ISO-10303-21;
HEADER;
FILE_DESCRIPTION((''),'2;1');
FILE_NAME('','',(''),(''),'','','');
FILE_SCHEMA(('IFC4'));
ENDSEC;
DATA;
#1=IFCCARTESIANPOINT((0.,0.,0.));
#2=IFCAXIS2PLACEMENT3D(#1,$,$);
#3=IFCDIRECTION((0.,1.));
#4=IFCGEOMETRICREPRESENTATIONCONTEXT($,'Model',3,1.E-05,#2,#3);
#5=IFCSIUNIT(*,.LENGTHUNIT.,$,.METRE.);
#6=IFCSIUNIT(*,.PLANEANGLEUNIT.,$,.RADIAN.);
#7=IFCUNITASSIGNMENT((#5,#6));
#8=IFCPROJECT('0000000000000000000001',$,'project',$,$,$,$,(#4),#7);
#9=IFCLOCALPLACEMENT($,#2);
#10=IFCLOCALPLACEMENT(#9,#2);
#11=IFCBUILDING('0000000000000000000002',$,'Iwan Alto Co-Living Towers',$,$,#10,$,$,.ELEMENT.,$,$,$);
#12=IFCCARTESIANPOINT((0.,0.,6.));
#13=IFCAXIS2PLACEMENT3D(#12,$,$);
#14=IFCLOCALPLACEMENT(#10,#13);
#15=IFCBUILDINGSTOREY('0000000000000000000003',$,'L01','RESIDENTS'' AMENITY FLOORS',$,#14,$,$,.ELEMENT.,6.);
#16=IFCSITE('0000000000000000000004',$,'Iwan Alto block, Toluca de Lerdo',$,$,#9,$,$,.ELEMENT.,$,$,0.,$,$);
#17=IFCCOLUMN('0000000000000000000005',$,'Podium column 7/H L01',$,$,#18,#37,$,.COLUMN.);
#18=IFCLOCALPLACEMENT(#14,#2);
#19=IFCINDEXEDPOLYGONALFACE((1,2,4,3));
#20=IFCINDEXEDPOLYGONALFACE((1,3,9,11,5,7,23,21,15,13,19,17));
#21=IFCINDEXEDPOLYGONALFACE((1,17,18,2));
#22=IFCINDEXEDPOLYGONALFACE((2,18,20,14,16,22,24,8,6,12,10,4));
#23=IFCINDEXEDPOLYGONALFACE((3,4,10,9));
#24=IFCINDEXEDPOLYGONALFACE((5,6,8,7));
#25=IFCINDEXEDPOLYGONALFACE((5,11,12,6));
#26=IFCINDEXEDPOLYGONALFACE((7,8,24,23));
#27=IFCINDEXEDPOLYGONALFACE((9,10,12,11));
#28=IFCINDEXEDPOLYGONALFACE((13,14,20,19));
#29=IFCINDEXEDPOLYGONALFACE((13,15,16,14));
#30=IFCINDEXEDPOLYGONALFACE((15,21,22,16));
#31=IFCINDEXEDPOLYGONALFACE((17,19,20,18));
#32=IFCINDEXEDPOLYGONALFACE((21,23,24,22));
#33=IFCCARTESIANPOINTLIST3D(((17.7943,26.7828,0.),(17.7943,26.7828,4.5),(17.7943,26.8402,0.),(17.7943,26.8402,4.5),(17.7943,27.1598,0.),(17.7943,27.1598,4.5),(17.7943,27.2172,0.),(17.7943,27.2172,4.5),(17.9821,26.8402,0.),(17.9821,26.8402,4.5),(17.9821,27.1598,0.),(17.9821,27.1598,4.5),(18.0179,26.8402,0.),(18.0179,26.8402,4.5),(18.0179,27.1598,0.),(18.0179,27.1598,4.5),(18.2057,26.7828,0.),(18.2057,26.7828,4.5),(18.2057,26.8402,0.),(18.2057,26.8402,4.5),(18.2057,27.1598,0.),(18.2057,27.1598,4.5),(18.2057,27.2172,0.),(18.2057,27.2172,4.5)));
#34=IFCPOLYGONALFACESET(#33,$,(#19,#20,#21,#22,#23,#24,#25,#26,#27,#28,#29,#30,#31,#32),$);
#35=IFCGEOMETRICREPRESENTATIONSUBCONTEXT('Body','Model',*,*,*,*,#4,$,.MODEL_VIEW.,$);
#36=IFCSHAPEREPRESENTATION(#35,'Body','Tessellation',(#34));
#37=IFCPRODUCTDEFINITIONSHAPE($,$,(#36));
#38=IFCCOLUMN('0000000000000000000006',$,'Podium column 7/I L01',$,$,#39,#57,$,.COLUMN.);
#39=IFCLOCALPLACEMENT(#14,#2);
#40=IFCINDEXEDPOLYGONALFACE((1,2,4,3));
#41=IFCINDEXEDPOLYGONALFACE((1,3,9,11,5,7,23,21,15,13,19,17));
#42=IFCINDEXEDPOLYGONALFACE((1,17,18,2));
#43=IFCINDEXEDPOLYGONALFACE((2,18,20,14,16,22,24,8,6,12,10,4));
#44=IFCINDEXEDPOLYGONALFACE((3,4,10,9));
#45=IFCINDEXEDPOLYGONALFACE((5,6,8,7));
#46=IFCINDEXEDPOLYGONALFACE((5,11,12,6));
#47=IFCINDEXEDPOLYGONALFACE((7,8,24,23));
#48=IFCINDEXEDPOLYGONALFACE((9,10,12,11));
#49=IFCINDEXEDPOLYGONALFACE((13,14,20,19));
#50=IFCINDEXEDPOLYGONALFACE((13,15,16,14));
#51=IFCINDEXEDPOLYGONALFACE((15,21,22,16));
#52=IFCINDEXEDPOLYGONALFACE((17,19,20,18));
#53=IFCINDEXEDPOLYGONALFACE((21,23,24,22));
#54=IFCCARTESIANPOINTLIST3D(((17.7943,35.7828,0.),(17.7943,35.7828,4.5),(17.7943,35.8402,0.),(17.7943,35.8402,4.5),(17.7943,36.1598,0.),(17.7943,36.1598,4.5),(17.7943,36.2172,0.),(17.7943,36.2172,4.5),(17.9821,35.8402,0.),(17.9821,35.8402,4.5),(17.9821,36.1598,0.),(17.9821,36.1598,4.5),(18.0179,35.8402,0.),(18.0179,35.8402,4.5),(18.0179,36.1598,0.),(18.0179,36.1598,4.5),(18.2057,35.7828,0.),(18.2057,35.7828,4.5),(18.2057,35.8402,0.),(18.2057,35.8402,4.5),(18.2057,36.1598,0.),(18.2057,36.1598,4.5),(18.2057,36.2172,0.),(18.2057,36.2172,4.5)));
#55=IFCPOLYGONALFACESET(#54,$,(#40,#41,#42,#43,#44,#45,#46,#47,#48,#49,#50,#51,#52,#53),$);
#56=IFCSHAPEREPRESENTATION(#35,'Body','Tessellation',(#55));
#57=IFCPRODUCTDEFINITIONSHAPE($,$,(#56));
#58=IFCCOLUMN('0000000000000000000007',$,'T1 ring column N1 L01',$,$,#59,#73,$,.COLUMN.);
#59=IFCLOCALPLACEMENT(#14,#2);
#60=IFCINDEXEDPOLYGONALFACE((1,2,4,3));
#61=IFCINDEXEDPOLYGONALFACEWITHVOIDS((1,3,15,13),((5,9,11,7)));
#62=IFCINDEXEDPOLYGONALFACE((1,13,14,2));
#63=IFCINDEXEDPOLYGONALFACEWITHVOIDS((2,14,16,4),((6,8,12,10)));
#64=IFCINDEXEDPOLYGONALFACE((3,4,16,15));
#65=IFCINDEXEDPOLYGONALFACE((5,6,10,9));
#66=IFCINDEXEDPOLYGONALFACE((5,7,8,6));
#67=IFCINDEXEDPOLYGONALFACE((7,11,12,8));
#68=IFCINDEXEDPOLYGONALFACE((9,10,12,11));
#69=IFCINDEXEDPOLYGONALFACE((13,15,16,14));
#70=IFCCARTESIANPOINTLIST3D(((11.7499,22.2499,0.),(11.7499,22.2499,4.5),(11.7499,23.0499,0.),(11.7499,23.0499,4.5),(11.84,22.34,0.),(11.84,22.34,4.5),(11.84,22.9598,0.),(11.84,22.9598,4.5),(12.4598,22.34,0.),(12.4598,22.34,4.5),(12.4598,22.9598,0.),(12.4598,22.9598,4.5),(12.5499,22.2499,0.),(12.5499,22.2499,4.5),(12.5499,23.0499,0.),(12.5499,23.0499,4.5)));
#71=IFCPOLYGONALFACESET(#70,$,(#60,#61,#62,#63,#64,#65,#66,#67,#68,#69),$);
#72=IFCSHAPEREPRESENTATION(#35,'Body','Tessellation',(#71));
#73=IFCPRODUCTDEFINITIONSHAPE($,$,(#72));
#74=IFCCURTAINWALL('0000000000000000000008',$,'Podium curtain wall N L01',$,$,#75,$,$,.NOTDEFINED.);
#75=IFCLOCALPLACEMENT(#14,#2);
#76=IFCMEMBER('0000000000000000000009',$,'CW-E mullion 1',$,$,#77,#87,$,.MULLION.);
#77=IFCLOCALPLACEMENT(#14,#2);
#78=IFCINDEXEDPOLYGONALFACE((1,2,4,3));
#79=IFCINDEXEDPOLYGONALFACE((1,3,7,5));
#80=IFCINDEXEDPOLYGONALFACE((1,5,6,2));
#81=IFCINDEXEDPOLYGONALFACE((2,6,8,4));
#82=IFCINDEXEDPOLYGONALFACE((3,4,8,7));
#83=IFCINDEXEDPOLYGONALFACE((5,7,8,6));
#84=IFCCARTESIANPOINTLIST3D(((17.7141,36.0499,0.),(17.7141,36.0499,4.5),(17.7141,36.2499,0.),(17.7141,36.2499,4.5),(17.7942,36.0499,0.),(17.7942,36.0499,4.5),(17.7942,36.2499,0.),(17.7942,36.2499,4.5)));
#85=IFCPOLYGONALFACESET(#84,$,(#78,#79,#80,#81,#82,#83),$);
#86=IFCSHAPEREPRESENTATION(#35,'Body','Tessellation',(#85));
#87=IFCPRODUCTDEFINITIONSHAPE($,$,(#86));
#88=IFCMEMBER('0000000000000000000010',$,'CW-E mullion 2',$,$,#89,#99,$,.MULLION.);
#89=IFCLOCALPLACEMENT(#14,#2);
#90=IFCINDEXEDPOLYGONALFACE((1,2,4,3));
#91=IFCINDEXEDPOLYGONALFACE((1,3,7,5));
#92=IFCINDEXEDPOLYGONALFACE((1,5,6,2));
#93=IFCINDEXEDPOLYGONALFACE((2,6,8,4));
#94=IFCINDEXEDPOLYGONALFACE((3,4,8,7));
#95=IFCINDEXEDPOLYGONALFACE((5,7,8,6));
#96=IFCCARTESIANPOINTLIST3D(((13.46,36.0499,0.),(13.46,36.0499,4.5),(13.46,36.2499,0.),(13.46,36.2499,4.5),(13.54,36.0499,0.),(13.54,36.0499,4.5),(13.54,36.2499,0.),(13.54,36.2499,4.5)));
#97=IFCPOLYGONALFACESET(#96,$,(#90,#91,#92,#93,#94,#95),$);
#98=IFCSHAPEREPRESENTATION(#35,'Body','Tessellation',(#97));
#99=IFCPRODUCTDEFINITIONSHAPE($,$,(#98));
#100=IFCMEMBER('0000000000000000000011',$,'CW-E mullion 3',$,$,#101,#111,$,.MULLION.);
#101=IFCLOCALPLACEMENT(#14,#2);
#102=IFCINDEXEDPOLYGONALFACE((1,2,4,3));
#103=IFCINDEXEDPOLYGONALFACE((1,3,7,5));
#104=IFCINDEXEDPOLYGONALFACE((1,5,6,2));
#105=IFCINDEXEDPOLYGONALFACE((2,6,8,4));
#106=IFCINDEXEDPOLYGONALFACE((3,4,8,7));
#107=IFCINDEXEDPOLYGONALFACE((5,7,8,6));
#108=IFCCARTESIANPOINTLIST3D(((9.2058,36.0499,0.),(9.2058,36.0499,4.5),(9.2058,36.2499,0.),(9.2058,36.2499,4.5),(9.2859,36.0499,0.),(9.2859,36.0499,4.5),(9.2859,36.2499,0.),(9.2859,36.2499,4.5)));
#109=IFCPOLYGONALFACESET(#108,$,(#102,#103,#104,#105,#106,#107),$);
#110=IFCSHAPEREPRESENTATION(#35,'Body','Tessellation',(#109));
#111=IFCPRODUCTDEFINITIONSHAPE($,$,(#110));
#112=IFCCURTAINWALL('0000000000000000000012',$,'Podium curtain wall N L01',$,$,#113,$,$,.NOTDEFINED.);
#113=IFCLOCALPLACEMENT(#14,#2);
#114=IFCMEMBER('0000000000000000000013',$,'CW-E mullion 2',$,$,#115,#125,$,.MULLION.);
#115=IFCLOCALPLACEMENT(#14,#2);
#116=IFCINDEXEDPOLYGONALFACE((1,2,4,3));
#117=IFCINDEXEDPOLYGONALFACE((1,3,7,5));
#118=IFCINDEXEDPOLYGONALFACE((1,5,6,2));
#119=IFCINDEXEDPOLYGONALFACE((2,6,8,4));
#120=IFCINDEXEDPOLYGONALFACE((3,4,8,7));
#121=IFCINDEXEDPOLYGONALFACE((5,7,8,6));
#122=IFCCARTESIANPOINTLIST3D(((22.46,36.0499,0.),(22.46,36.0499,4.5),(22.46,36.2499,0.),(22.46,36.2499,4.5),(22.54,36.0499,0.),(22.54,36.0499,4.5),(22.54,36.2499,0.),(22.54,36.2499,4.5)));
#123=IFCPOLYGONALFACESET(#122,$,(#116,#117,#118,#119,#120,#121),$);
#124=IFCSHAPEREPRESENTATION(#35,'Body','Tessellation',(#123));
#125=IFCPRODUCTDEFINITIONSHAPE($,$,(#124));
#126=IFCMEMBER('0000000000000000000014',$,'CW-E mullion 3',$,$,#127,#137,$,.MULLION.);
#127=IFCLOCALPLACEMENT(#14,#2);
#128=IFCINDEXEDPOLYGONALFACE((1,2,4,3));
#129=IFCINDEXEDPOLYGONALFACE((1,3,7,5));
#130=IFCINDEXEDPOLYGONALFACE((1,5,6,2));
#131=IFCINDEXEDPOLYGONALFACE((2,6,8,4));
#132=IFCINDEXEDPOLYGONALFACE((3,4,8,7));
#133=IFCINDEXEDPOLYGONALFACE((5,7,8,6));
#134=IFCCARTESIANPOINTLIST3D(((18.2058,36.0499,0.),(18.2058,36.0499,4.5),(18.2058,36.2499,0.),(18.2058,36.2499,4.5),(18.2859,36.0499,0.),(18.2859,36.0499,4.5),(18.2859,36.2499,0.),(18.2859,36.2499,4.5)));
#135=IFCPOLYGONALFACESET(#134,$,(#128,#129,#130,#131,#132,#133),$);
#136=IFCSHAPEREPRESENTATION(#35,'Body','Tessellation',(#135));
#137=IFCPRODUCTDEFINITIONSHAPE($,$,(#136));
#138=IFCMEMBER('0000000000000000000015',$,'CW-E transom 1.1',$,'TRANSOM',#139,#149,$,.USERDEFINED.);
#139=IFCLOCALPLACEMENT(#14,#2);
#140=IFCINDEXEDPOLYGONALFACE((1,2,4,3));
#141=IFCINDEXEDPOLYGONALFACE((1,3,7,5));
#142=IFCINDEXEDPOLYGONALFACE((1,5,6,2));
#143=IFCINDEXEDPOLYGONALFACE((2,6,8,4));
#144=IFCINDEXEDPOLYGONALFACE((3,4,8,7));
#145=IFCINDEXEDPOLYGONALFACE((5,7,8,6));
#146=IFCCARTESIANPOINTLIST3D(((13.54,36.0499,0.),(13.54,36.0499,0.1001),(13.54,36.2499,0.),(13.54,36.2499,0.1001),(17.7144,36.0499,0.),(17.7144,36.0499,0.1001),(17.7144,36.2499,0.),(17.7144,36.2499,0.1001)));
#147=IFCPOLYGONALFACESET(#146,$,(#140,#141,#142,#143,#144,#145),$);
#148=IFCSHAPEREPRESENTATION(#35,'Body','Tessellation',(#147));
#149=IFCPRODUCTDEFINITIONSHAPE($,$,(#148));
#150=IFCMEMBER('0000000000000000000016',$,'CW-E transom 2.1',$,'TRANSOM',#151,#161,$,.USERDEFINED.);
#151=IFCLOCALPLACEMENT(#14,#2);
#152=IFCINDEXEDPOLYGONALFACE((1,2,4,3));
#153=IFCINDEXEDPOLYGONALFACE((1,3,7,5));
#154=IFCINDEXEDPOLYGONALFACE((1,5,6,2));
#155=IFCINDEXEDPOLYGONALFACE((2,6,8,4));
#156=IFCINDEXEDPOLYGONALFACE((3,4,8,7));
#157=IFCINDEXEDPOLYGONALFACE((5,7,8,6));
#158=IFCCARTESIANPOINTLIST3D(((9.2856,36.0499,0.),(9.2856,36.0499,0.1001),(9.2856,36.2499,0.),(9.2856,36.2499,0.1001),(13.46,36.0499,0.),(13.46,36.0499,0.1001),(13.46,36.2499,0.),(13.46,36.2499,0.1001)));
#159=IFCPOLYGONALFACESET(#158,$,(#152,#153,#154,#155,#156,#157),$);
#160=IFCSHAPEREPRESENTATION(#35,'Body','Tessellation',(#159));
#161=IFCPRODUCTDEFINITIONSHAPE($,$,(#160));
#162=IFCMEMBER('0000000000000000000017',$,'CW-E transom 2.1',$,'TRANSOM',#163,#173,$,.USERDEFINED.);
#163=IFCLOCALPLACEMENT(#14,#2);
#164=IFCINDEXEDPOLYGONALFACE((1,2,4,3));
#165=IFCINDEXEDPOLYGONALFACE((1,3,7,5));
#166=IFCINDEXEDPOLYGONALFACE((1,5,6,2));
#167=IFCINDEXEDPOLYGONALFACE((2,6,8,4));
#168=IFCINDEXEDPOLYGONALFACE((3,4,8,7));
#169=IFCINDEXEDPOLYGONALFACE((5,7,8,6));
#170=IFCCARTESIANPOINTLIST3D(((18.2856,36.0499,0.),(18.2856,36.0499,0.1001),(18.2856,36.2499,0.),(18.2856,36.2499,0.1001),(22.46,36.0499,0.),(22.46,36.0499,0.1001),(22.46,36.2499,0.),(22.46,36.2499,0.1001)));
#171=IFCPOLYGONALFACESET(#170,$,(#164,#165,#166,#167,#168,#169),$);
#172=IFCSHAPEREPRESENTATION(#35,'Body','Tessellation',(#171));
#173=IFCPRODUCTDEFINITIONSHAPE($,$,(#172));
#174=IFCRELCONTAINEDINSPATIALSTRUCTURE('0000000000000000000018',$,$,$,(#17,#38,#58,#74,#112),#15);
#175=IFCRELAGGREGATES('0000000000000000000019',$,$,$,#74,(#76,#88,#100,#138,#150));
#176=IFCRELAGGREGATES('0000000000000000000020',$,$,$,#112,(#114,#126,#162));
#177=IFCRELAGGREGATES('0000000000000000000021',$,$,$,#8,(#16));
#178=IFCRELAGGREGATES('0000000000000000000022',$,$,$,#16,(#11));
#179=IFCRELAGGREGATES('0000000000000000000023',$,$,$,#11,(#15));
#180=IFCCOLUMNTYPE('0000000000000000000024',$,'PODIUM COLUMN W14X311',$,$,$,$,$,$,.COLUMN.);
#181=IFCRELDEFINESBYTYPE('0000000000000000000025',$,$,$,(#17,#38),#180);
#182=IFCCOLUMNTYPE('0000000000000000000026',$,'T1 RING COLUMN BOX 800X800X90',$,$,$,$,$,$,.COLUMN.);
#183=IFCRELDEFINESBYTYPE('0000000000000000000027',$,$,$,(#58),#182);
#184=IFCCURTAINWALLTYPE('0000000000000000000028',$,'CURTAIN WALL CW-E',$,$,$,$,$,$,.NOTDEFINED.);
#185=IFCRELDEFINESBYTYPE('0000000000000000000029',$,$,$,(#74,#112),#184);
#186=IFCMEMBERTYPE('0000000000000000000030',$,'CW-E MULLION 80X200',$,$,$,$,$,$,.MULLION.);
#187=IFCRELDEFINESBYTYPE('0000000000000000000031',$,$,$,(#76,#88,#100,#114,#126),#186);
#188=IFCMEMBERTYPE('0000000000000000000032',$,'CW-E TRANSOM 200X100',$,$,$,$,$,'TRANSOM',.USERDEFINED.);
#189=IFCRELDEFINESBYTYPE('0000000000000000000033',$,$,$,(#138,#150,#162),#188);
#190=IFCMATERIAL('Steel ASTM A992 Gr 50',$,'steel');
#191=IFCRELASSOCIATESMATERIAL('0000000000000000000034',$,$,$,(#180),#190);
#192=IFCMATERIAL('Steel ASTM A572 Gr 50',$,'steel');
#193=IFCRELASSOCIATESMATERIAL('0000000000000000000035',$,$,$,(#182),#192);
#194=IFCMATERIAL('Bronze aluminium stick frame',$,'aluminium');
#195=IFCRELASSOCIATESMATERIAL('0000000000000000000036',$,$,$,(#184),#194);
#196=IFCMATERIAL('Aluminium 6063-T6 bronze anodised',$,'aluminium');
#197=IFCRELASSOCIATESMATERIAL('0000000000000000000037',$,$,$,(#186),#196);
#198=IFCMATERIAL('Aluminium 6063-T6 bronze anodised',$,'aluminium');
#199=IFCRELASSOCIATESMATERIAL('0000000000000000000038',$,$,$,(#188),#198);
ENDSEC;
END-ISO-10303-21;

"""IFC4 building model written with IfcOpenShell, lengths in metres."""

from ifc_helpers import new_model, si_unit, direction, frame, origin, origin_2d, place, context, subcontext, project, spatial, rectangle, hollow_rectangle, i_section, extrude, material, material_profile, profile_set, type_object, element, aggregate, save


model = new_model("IFC4")

# Units and contexts
model_context = context("Model", 3, precision=1e-05, world=origin(), true_north=direction((0.0, 1.0)))
body_context = subcontext(model_context, "Body", "Model", "MODEL_VIEW")
ifc_project = project(units=[si_unit("LENGTHUNIT", "METRE"), si_unit("PLANEANGLEUNIT", "RADIAN")], contexts=[model_context])

# Site, building, storey
site_placement = place(None, origin())
site = spatial("IfcSite", under=ifc_project, at=site_placement, Name="Iwan Alto block, Toluca de Lerdo", CompositionType="ELEMENT", RefElevation=0.0)
building_placement = place(site_placement, origin())
building = spatial("IfcBuilding", under=site, at=building_placement, Name="Iwan Alto Co-Living Towers", CompositionType="ELEMENT")
storey_placement = place(building_placement, frame((0.0, 0.0, 6.0)))
storey = spatial("IfcBuildingStorey", under=building, at=storey_placement, Name="L01", Description="RESIDENTS' AMENITY FLOORS", CompositionType="ELEMENT", Elevation=6.0)

# Columns
ifc_material_1 = material(Name="Steel ASTM A992 Gr 50", Category="steel")
ifc_material_profile_1 = material_profile(ifc_material_1, i_section(OverallWidth=0.4114, OverallDepth=0.4343, WebThickness=0.0359, FlangeThickness=0.0574, at=origin_2d()), Name="W14X311")
ifc_profile_set_1 = profile_set([ifc_material_profile_1], Name="Steel ASTM A992 Gr 50")
column_type_1 = type_object("IfcColumnType", Name="PODIUM COLUMN W14X311", PredefinedType="COLUMN", material=ifc_profile_set_1)
for number, where, z_axis, x_axis, name in (
    (1, (18.0, 27.0, 0.0), (0.0, 0.0, 1.0), (1.0, 0.0, 0.0), "Podium column 7/H L01"),
    (2, (18.0, 36.0, 0.0), (0.0, 0.0, 1.0), (1.0, 0.0, 0.0), "Podium column 7/I L01"),
):
    element("IfcColumn", number, at=place(storey_placement, frame(where, z_axis=z_axis, x_axis=x_axis)), inside=storey, type_object=column_type_1, Name=name, PredefinedType="COLUMN", context=body_context, shape_type="SweptSolid", body=[
        extrude(i_section(OverallWidth=0.4114, OverallDepth=0.4343, WebThickness=0.0359, FlangeThickness=0.0574, at=origin_2d()), origin(), (0.0, 0.0, 1.0), 4.5),
    ])
ifc_material_2 = material(Name="Steel ASTM A572 Gr 50", Category="steel")
ifc_material_profile_2 = material_profile(ifc_material_2, hollow_rectangle(XDim=0.8, YDim=0.8, WallThickness=0.0901, at=origin_2d()), Name="BOX 800X800X90")
ifc_profile_set_2 = profile_set([ifc_material_profile_2], Name="Steel ASTM A572 Gr 50")
column_type_2 = type_object("IfcColumnType", Name="T1 RING COLUMN BOX 800X800X90", PredefinedType="COLUMN", material=ifc_profile_set_2)
column_placement = place(storey_placement, frame((12.1499, 22.6499, 0.0), z_axis=(0.0, 0.0, 1.0), x_axis=(1.0, 0.0, 0.0)))
element("IfcColumn", 3, at=column_placement, inside=storey, type_object=column_type_2, Name="T1 ring column N1 L01", PredefinedType="COLUMN", context=body_context, shape_type="SweptSolid", body=[
    extrude(hollow_rectangle(XDim=0.8, YDim=0.8, WallThickness=0.0901, at=origin_2d()), origin(), (0.0, 0.0, 1.0), 4.5),
])

# Curtain walls, members
ifc_material_3 = material(Name="Bronze aluminium stick frame", Category="aluminium")
curtain_wall_type = type_object("IfcCurtainWallType", Name="CURTAIN WALL CW-E", PredefinedType="NOTDEFINED", material=ifc_material_3)
curtain_wall_1_placement = place(storey_placement, origin())
curtain_wall_1 = element("IfcCurtainWall", 4, at=curtain_wall_1_placement, inside=storey, type_object=curtain_wall_type, Name="Podium curtain wall N L01", PredefinedType="NOTDEFINED")
ifc_material_4 = material(Name="Aluminium 6063-T6 bronze anodised", Category="aluminium")
ifc_material_profile_3 = material_profile(ifc_material_4, rectangle(XDim=0.2, YDim=0.0801, at=origin_2d()), Name="AL 80X200")
ifc_profile_set_3 = profile_set([ifc_material_profile_3], Name="Aluminium 6063-T6 bronze anodised")
member_type_1 = type_object("IfcMemberType", Name="CW-E MULLION 80X200", PredefinedType="MULLION", material=ifc_profile_set_3)
member_1_placement = place(storey_placement, frame((17.7542, 36.1499, 0.0), z_axis=(0.0, 0.0, 1.0), x_axis=(0.0, -1.0, 0.0)))
member_1 = element("IfcMember", 5, at=member_1_placement, type_object=member_type_1, Name="CW-E mullion 1", PredefinedType="MULLION", context=body_context, shape_type="SweptSolid", body=[
    extrude(rectangle(XDim=0.2, YDim=0.0801, at=origin_2d()), origin(), (0.0, 0.0, 1.0), 4.5),
])
member_2_placement = place(storey_placement, frame((13.5, 36.1499, 0.0), z_axis=(0.0, 0.0, 1.0), x_axis=(0.0, -1.0, 0.0)))
member_2 = element("IfcMember", 6, at=member_2_placement, type_object=member_type_1, Name="CW-E mullion 2", PredefinedType="MULLION", context=body_context, shape_type="SweptSolid", body=[
    extrude(rectangle(XDim=0.2, YDim=0.0801, at=origin_2d()), origin(), (0.0, 0.0, 1.0), 4.5),
])
member_3_placement = place(storey_placement, frame((9.2458, 36.1499, 0.0), z_axis=(0.0, 0.0, 1.0), x_axis=(0.0, -1.0, 0.0)))
member_3 = element("IfcMember", 7, at=member_3_placement, type_object=member_type_1, Name="CW-E mullion 3", PredefinedType="MULLION", context=body_context, shape_type="SweptSolid", body=[
    extrude(rectangle(XDim=0.2, YDim=0.0801, at=origin_2d()), origin(), (0.0, 0.0, 1.0), 4.5),
])
curtain_wall_2_placement = place(storey_placement, origin())
curtain_wall_2 = element("IfcCurtainWall", 8, at=curtain_wall_2_placement, inside=storey, type_object=curtain_wall_type, Name="Podium curtain wall N L01", PredefinedType="NOTDEFINED")
member_4_placement = place(storey_placement, frame((22.5, 36.1499, 0.0), z_axis=(0.0, 0.0, 1.0), x_axis=(0.0, -1.0, 0.0)))
member_4 = element("IfcMember", 9, at=member_4_placement, type_object=member_type_1, Name="CW-E mullion 2", PredefinedType="MULLION", context=body_context, shape_type="SweptSolid", body=[
    extrude(rectangle(XDim=0.2, YDim=0.0801, at=origin_2d()), origin(), (0.0, 0.0, 1.0), 4.5),
])
member_5_placement = place(storey_placement, frame((18.2458, 36.1499, 0.0), z_axis=(0.0, 0.0, 1.0), x_axis=(0.0, -1.0, 0.0)))
member_5 = element("IfcMember", 10, at=member_5_placement, type_object=member_type_1, Name="CW-E mullion 3", PredefinedType="MULLION", context=body_context, shape_type="SweptSolid", body=[
    extrude(rectangle(XDim=0.2, YDim=0.0801, at=origin_2d()), origin(), (0.0, 0.0, 1.0), 4.5),
])

# Members
ifc_material_5 = material(Name="Aluminium 6063-T6 bronze anodised", Category="aluminium")
ifc_material_profile_4 = material_profile(ifc_material_5, rectangle(XDim=0.2, YDim=0.1001, at=origin_2d()), Name="AL 200X100")
ifc_profile_set_4 = profile_set([ifc_material_profile_4], Name="Aluminium 6063-T6 bronze anodised")
member_type_2 = type_object("IfcMemberType", Name="CW-E TRANSOM 200X100", ElementType="TRANSOM", PredefinedType="USERDEFINED", material=ifc_profile_set_4)
member_6_placement = place(storey_placement, frame((17.7144, 36.1499, 0.05), z_axis=(-1.0, 0.0, 0.0), x_axis=(0.0, -1.0, 0.0)))
member_6 = element("IfcMember", 11, at=member_6_placement, type_object=member_type_2, Name="CW-E transom 1.1", ObjectType="TRANSOM", PredefinedType="USERDEFINED", context=body_context, shape_type="SweptSolid", body=[
    extrude(rectangle(XDim=0.2, YDim=0.1001, at=origin_2d()), origin(), (0.0, 0.0, 1.0), 4.1743),
])
member_7_placement = place(storey_placement, frame((13.46, 36.1499, 0.05), z_axis=(-1.0, 0.0, 0.0), x_axis=(0.0, -1.0, 0.0)))
member_7 = element("IfcMember", 12, at=member_7_placement, type_object=member_type_2, Name="CW-E transom 2.1", ObjectType="TRANSOM", PredefinedType="USERDEFINED", context=body_context, shape_type="SweptSolid", body=[
    extrude(rectangle(XDim=0.2, YDim=0.1001, at=origin_2d()), origin(), (0.0, 0.0, 1.0), 4.1743),
])
member_8_placement = place(storey_placement, frame((22.46, 36.1499, 0.05), z_axis=(-1.0, 0.0, 0.0), x_axis=(0.0, -1.0, 0.0)))
member_8 = element("IfcMember", 13, at=member_8_placement, type_object=member_type_2, Name="CW-E transom 2.1", ObjectType="TRANSOM", PredefinedType="USERDEFINED", context=body_context, shape_type="SweptSolid", body=[
    extrude(rectangle(XDim=0.2, YDim=0.1001, at=origin_2d()), origin(), (0.0, 0.0, 1.0), 4.1743),
])

aggregate(curtain_wall_1, [member_1, member_2, member_3, member_6, member_7])
aggregate(curtain_wall_2, [member_4, member_5, member_8])

save(model, "model.ifc")
